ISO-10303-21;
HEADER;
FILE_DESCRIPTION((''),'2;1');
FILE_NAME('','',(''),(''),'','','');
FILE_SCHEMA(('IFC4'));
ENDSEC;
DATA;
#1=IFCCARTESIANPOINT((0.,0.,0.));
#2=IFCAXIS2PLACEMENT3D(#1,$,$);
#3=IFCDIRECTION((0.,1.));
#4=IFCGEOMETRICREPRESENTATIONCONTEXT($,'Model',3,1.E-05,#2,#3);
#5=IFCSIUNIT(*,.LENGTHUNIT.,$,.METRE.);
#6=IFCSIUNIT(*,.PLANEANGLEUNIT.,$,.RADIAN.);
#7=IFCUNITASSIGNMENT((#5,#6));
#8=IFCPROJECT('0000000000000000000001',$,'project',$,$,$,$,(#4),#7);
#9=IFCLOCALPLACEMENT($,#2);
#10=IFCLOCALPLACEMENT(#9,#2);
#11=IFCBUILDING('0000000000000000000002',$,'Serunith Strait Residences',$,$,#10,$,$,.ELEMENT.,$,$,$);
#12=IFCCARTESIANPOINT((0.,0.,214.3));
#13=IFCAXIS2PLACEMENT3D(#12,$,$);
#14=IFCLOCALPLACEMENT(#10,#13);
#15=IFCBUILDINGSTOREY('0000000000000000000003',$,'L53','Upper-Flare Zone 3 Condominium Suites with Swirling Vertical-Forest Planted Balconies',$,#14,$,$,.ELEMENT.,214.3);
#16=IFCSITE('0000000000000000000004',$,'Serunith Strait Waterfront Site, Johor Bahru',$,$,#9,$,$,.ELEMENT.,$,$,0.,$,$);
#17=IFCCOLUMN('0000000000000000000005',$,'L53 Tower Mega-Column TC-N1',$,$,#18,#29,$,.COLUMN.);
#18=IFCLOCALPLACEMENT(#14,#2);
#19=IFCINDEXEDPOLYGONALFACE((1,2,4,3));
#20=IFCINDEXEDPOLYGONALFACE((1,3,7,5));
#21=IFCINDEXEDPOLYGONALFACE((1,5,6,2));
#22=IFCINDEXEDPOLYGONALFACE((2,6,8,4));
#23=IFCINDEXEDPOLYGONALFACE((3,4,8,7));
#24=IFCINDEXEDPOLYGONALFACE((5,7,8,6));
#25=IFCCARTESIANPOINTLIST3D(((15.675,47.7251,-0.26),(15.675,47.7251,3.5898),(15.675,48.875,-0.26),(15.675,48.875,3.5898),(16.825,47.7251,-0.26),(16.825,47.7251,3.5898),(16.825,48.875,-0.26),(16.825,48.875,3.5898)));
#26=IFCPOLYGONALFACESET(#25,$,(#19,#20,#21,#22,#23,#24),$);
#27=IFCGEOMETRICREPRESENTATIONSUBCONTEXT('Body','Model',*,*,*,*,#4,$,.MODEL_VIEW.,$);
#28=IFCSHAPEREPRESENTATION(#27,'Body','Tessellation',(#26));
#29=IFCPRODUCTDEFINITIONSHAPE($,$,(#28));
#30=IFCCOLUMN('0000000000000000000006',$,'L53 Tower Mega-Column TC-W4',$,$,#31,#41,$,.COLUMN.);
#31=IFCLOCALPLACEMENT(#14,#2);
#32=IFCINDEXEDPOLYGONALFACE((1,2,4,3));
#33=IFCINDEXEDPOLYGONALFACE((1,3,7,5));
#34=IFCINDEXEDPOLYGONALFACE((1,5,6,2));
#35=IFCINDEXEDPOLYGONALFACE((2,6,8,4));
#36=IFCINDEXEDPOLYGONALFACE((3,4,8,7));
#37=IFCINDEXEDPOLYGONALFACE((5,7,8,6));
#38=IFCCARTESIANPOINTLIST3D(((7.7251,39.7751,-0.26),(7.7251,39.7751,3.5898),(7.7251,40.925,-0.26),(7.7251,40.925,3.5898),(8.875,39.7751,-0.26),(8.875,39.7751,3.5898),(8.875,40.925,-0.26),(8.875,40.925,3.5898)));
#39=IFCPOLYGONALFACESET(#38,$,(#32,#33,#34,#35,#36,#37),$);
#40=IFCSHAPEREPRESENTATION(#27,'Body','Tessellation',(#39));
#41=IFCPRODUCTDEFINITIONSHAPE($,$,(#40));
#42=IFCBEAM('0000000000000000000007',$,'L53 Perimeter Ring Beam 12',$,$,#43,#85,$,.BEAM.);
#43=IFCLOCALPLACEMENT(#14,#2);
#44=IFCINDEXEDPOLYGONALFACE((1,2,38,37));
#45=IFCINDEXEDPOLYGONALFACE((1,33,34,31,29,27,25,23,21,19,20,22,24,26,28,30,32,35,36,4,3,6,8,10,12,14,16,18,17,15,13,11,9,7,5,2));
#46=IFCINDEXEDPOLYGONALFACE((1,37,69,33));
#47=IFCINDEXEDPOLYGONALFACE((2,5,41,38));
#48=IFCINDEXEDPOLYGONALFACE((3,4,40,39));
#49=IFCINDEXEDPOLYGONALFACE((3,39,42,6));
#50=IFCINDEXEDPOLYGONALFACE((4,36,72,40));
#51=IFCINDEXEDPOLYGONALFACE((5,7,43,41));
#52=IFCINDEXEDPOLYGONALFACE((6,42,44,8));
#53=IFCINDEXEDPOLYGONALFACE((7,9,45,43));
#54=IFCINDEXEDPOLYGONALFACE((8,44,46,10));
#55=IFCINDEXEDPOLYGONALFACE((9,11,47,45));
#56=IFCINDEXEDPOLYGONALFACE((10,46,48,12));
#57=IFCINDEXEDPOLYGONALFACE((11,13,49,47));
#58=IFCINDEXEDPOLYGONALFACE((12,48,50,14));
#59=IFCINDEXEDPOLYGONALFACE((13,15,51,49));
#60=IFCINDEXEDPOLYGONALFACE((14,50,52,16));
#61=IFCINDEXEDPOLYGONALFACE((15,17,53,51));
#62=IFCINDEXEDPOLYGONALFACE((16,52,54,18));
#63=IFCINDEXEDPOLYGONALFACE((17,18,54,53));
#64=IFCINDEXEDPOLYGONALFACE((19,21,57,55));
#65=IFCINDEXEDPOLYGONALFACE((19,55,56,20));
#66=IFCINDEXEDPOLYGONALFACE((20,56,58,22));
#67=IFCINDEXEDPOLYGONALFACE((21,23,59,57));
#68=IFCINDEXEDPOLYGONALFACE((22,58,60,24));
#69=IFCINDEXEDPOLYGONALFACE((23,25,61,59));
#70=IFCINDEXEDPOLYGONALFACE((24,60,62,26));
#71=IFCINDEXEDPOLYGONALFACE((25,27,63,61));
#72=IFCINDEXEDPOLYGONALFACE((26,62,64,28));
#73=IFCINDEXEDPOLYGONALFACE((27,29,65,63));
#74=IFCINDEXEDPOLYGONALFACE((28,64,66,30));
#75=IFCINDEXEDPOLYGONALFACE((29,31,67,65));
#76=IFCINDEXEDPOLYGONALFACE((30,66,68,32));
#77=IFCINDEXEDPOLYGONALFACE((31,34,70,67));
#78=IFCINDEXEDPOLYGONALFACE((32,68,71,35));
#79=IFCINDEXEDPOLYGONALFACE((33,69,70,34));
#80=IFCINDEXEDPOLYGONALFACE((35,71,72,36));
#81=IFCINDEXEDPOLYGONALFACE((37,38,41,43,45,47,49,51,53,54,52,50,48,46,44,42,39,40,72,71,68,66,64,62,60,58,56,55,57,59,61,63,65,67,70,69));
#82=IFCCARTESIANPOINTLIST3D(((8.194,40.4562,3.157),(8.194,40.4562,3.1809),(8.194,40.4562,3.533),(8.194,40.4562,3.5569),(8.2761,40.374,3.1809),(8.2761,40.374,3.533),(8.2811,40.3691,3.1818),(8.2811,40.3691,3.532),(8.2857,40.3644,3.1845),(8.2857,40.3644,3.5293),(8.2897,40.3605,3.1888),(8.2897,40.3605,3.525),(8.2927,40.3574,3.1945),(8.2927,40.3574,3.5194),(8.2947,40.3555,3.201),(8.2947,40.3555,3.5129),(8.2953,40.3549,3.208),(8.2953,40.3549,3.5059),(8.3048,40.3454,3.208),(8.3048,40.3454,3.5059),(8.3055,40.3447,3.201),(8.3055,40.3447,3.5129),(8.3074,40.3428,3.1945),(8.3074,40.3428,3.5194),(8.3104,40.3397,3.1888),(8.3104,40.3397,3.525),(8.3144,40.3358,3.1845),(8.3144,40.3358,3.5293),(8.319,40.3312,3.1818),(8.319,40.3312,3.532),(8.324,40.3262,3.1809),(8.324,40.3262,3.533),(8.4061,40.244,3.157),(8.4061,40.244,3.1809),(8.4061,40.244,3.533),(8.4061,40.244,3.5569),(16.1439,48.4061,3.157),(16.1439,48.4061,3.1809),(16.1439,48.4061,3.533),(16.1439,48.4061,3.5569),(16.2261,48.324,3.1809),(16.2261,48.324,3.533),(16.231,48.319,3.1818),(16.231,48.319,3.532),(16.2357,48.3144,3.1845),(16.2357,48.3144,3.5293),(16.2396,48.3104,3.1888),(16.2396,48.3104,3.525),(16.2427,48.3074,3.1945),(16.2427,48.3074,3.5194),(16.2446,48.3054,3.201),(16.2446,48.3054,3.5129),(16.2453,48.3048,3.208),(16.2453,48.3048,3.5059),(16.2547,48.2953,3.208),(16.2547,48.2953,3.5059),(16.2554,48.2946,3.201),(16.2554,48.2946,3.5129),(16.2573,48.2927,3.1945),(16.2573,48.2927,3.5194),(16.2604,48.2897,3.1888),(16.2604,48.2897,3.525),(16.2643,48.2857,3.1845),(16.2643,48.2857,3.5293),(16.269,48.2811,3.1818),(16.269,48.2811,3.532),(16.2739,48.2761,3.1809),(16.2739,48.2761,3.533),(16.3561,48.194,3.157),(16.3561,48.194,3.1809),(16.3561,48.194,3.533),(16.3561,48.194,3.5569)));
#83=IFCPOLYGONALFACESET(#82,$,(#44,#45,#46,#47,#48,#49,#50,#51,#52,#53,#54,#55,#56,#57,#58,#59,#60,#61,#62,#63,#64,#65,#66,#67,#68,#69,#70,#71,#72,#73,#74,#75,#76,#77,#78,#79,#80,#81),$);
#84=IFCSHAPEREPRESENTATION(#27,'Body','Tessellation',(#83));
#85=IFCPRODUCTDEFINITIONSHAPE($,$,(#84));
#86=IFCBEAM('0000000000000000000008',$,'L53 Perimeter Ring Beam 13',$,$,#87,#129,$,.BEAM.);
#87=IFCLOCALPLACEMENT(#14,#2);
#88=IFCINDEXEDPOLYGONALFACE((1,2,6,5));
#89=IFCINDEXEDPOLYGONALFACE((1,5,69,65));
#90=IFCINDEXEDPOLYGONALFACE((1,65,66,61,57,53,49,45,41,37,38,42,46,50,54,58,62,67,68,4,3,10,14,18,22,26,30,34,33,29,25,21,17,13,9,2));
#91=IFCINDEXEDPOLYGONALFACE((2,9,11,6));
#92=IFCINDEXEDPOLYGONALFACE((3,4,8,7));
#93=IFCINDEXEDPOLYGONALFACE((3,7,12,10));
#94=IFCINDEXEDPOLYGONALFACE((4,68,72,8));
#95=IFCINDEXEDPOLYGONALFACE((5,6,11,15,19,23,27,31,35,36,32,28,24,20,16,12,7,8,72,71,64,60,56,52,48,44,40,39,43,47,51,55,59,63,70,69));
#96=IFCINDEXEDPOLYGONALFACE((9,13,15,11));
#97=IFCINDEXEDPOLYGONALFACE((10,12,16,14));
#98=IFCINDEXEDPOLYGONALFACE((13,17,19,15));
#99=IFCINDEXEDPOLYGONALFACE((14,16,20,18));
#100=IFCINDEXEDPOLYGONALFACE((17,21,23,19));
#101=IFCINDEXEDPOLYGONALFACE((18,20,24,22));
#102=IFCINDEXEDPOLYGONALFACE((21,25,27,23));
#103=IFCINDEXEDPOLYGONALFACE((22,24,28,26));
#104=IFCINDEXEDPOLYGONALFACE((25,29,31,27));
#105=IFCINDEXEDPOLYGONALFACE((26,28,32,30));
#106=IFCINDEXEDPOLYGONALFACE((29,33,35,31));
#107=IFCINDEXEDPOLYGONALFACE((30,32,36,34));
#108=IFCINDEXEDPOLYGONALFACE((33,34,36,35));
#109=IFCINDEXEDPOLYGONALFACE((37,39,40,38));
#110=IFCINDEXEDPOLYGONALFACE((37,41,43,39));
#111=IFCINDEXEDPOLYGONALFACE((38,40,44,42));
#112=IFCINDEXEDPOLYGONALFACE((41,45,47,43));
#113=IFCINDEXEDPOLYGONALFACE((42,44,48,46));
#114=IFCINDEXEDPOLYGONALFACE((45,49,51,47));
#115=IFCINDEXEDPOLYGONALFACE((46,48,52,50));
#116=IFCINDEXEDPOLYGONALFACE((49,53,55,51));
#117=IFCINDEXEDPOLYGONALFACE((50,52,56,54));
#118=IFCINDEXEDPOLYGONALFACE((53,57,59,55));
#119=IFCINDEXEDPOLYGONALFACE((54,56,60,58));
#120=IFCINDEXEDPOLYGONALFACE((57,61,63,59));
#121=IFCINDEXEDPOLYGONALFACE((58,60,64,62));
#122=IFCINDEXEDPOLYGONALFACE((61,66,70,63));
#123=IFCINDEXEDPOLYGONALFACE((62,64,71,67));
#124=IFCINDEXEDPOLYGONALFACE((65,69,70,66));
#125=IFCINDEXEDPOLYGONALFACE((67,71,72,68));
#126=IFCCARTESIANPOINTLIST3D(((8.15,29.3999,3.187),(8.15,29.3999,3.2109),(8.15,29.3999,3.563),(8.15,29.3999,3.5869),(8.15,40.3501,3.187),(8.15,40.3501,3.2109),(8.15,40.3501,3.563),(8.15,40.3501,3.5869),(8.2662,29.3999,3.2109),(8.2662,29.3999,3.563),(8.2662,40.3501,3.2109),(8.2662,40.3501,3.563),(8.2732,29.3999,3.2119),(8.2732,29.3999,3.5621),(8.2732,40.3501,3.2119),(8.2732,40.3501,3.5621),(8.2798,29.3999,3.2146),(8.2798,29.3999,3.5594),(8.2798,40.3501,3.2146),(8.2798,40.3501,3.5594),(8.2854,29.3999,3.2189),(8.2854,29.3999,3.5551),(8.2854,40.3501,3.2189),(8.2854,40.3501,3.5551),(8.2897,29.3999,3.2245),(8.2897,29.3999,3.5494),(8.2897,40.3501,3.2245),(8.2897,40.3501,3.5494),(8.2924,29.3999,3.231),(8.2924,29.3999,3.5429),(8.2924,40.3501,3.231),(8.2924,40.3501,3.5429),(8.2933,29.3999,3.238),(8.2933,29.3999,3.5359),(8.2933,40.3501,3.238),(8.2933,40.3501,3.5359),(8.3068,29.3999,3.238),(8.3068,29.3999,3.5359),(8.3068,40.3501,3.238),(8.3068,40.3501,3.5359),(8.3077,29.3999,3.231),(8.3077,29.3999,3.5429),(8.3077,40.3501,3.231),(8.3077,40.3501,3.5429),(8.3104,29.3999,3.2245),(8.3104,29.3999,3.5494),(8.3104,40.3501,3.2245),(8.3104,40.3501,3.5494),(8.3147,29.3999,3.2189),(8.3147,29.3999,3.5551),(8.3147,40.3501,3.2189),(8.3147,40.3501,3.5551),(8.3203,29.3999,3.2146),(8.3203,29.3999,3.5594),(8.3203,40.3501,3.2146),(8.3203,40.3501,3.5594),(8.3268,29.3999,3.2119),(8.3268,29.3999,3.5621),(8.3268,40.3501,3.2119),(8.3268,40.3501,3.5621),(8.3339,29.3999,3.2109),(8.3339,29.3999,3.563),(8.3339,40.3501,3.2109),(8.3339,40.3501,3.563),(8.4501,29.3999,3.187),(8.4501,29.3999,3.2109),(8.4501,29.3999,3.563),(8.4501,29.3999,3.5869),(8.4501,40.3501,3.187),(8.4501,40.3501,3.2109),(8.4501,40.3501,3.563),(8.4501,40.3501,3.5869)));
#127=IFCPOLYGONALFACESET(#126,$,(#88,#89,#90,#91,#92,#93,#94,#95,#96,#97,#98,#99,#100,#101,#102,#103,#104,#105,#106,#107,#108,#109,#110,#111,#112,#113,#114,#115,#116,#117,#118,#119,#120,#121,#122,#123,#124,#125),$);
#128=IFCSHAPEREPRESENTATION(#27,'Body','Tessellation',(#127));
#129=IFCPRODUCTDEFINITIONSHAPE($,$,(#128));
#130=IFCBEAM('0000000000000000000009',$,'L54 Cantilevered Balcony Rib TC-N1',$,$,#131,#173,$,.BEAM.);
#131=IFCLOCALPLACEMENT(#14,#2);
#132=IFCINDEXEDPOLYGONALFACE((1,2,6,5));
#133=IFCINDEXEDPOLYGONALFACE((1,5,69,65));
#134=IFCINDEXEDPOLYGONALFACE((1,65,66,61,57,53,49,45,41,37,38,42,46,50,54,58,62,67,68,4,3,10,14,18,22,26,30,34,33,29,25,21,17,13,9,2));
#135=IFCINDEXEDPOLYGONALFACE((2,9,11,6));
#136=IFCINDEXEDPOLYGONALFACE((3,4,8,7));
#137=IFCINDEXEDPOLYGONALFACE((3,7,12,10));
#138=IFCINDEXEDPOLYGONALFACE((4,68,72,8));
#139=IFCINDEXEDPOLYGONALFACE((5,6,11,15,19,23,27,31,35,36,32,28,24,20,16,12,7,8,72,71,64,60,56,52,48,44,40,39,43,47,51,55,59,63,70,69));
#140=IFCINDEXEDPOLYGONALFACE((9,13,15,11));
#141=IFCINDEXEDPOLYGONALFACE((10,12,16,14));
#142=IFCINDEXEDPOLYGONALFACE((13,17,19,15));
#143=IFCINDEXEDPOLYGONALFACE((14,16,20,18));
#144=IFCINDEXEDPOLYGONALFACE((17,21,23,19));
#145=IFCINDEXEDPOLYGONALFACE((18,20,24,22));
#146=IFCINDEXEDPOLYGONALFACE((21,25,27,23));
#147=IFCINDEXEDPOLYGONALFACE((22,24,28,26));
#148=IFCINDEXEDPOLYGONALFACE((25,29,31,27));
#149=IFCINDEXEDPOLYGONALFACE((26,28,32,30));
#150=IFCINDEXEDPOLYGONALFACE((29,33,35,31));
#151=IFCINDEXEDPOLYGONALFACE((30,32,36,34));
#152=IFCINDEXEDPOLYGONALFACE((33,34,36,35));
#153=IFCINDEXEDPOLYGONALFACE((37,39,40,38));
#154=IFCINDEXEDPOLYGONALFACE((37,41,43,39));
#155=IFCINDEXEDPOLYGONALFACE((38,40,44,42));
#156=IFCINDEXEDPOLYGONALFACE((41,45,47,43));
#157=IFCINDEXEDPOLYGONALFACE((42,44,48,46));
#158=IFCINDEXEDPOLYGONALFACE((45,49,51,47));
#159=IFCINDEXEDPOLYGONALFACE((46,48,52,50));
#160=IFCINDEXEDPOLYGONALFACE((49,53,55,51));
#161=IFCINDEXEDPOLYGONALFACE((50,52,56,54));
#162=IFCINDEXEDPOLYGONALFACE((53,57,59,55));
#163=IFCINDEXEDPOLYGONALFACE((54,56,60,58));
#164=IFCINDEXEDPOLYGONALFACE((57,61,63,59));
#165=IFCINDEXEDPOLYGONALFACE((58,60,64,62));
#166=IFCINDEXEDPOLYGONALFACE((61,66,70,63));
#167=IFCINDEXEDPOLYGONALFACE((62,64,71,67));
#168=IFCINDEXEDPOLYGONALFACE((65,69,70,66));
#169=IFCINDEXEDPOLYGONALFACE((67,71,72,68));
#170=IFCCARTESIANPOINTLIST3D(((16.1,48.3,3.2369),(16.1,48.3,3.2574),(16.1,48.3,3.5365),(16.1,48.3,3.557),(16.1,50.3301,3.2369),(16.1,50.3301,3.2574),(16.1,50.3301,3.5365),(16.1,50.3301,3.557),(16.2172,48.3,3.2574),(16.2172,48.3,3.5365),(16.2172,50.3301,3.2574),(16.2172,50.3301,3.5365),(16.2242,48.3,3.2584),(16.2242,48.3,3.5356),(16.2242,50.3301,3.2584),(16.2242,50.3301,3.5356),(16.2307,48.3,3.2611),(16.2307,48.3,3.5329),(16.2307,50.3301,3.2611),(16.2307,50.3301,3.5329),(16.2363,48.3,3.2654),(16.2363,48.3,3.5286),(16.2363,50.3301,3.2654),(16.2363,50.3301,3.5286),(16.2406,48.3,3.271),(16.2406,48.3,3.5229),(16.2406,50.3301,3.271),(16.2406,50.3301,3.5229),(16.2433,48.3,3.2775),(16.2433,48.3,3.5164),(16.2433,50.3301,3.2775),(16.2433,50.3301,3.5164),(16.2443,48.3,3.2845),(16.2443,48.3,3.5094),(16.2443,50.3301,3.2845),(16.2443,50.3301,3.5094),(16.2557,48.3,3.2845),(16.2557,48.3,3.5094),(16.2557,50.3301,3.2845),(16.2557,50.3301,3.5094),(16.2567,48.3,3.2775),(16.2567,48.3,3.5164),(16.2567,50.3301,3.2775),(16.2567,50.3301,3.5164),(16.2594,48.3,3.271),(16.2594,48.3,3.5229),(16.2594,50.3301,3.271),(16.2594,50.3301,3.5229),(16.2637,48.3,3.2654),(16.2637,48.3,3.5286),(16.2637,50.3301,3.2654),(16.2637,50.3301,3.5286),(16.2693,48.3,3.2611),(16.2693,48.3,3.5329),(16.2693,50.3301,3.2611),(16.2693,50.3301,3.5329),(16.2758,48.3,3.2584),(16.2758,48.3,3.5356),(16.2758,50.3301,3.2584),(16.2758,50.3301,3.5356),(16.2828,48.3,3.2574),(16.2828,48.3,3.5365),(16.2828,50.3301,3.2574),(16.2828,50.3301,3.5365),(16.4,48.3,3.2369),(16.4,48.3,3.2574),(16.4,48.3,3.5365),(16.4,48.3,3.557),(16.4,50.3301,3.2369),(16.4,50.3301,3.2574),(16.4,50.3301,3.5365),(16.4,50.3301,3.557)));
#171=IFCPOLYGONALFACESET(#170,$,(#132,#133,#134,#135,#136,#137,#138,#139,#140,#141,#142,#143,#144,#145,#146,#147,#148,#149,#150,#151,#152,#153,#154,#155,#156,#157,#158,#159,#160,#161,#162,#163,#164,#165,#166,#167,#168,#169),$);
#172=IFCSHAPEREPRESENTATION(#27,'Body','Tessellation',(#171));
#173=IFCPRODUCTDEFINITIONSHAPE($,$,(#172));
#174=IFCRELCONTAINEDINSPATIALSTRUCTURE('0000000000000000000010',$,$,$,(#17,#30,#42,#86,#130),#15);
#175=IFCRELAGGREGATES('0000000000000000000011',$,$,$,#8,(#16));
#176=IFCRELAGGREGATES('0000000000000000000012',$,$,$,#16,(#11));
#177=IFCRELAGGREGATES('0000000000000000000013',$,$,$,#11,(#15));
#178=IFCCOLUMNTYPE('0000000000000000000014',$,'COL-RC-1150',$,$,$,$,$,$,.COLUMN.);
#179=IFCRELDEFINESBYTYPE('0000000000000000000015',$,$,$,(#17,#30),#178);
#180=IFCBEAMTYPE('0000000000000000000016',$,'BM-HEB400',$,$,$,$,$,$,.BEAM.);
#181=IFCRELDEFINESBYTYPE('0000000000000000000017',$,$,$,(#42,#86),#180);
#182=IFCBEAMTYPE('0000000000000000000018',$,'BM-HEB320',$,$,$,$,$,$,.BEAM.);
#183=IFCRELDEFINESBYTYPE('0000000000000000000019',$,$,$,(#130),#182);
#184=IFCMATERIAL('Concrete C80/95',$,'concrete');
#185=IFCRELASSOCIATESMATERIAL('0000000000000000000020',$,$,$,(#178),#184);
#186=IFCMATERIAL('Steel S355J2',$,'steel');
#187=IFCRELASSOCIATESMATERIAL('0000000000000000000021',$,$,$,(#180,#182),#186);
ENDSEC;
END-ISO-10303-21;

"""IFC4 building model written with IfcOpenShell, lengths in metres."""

from ifc_helpers import new_model, si_unit, direction, frame, origin, origin_2d, place, context, subcontext, project, spatial, rectangle, i_section, extrude, source, transform, mapped, material, material_profile, profile_set, type_object, element, save


model = new_model("IFC4")

# Units and contexts
model_context = context("Model", 3, precision=1e-05, world=origin(), true_north=direction((0.0, 1.0)))
body_context = subcontext(model_context, "Body", "Model", "MODEL_VIEW")
ifc_project = project(units=[si_unit("LENGTHUNIT", "METRE"), si_unit("PLANEANGLEUNIT", "RADIAN")], contexts=[model_context])

# Site, building, storey
site_placement = place(None, origin())
site = spatial("IfcSite", under=ifc_project, at=site_placement, Name="Serunith Strait Waterfront Site, Johor Bahru", CompositionType="ELEMENT", RefElevation=0.0)
building_placement = place(site_placement, origin())
building = spatial("IfcBuilding", under=site, at=building_placement, Name="Serunith Strait Residences", CompositionType="ELEMENT")
storey_placement = place(building_placement, frame((0.0, 0.0, 214.3)))
storey = spatial("IfcBuildingStorey", under=building, at=storey_placement, Name="L53", Description="Upper-Flare Zone 3 Condominium Suites with Swirling Vertical-Forest Planted Balconies", CompositionType="ELEMENT", Elevation=214.3)

# Columns
ifc_material_1 = material(Name="Concrete C80/95", Category="concrete")
ifc_material_profile_1 = material_profile(ifc_material_1, rectangle(XDim=1.1499, YDim=1.1499, at=origin_2d()), Name="RC 1150x1150")
ifc_profile_set_1 = profile_set([ifc_material_profile_1], Name="Concrete C80/95")
column_type = type_object("IfcColumnType", Name="COL-RC-1150", PredefinedType="COLUMN", material=ifc_profile_set_1)
shared_shape_1 = source(origin(), body_context, "Body", "SweptSolid", [
    extrude(rectangle(XDim=1.1499, YDim=1.1499, at=origin_2d()), origin(), (0.0, 0.0, 1.0), 3.8499),
])
for number, where, z_axis, x_axis, name in (
    (1, (16.25, 48.3, -0.26), (0.0, 0.0, 1.0), (1.0, 0.0, 0.0), "L53 Tower Mega-Column TC-N1"),
    (2, (8.3, 40.3501, -0.26), (0.0, 0.0, 1.0), (1.0, 0.0, 0.0), "L53 Tower Mega-Column TC-W4"),
):
    element("IfcColumn", number, at=place(storey_placement, frame(where, z_axis=z_axis, x_axis=x_axis)), inside=storey, type_object=column_type, Name=name, PredefinedType="COLUMN", context=body_context, shape_type="MappedRepresentation", body=[
        mapped(shared_shape_1, transform((0.0, 0.0, 0.0), scale=1.0)),
    ])

# Beams
ifc_material_2 = material(Name="Steel S355J2", Category="steel")
ifc_material_profile_2 = material_profile(ifc_material_2, i_section(OverallWidth=0.3, OverallDepth=0.3999, WebThickness=0.0134, FlangeThickness=0.0239, FilletRadius=0.0271, at=origin_2d()), Name="HEB 400")
ifc_profile_set_2 = profile_set([ifc_material_profile_2], Name="Steel S355J2")
beam_type_1 = type_object("IfcBeamType", Name="BM-HEB400", PredefinedType="BEAM", material=ifc_profile_set_2)
shared_shape_2 = source(origin(), body_context, "Body", "SweptSolid", [
    extrude(i_section(OverallWidth=0.3, OverallDepth=0.3999, WebThickness=0.0134, FlangeThickness=0.0239, FilletRadius=0.0271, at=origin_2d()), origin(), (0.0, 0.0, 1.0), 11.2429),
])
beam_1_placement = place(storey_placement, frame((16.25, 48.3, 3.3569), z_axis=(-0.707107, -0.707107, 0.0), x_axis=(0.707107, -0.707107, 0.0)))
element("IfcBeam", 3, at=beam_1_placement, inside=storey, type_object=beam_type_1, Name="L53 Perimeter Ring Beam 12", PredefinedType="BEAM", context=body_context, shape_type="MappedRepresentation", body=[
    mapped(shared_shape_2, transform((0.0, 0.0, 0.0), scale=1.0)),
])
shared_shape_3 = source(origin(), body_context, "Body", "SweptSolid", [
    extrude(i_section(OverallWidth=0.3, OverallDepth=0.3999, WebThickness=0.0134, FlangeThickness=0.0239, FilletRadius=0.0271, at=origin_2d()), origin(), (0.0, 0.0, 1.0), 10.9502),
])
beam_2_placement = place(storey_placement, frame((8.3, 40.3501, 3.387), z_axis=(0.0, -1.0, 0.0), x_axis=(1.0, 0.0, 0.0)))
element("IfcBeam", 4, at=beam_2_placement, inside=storey, type_object=beam_type_1, Name="L53 Perimeter Ring Beam 13", PredefinedType="BEAM", context=body_context, shape_type="MappedRepresentation", body=[
    mapped(shared_shape_3, transform((0.0, 0.0, 0.0), scale=1.0)),
])
ifc_material_profile_3 = material_profile(ifc_material_2, i_section(OverallWidth=0.3, OverallDepth=0.3201, WebThickness=0.0115, FlangeThickness=0.0205, FilletRadius=0.0271, at=origin_2d()), Name="HEB 320")
ifc_profile_set_3 = profile_set([ifc_material_profile_3], Name="Steel S355J2")
beam_type_2 = type_object("IfcBeamType", Name="BM-HEB320", PredefinedType="BEAM", material=ifc_profile_set_3)
shared_shape_4 = source(origin(), body_context, "Body", "SweptSolid", [
    extrude(i_section(OverallWidth=0.3, OverallDepth=0.3201, WebThickness=0.0115, FlangeThickness=0.0205, FilletRadius=0.0271, at=origin_2d()), origin(), (0.0, 0.0, 1.0), 2.03),
])
beam_3_placement = place(storey_placement, frame((16.25, 48.3, 3.397), z_axis=(0.0, 1.0, 0.0), x_axis=(-1.0, 0.0, 0.0)))
element("IfcBeam", 5, at=beam_3_placement, inside=storey, type_object=beam_type_2, Name="L54 Cantilevered Balcony Rib TC-N1", PredefinedType="BEAM", context=body_context, shape_type="MappedRepresentation", body=[
    mapped(shared_shape_4, transform((0.0, 0.0, 0.0), scale=1.0)),
])

save(model, "model.ifc")
